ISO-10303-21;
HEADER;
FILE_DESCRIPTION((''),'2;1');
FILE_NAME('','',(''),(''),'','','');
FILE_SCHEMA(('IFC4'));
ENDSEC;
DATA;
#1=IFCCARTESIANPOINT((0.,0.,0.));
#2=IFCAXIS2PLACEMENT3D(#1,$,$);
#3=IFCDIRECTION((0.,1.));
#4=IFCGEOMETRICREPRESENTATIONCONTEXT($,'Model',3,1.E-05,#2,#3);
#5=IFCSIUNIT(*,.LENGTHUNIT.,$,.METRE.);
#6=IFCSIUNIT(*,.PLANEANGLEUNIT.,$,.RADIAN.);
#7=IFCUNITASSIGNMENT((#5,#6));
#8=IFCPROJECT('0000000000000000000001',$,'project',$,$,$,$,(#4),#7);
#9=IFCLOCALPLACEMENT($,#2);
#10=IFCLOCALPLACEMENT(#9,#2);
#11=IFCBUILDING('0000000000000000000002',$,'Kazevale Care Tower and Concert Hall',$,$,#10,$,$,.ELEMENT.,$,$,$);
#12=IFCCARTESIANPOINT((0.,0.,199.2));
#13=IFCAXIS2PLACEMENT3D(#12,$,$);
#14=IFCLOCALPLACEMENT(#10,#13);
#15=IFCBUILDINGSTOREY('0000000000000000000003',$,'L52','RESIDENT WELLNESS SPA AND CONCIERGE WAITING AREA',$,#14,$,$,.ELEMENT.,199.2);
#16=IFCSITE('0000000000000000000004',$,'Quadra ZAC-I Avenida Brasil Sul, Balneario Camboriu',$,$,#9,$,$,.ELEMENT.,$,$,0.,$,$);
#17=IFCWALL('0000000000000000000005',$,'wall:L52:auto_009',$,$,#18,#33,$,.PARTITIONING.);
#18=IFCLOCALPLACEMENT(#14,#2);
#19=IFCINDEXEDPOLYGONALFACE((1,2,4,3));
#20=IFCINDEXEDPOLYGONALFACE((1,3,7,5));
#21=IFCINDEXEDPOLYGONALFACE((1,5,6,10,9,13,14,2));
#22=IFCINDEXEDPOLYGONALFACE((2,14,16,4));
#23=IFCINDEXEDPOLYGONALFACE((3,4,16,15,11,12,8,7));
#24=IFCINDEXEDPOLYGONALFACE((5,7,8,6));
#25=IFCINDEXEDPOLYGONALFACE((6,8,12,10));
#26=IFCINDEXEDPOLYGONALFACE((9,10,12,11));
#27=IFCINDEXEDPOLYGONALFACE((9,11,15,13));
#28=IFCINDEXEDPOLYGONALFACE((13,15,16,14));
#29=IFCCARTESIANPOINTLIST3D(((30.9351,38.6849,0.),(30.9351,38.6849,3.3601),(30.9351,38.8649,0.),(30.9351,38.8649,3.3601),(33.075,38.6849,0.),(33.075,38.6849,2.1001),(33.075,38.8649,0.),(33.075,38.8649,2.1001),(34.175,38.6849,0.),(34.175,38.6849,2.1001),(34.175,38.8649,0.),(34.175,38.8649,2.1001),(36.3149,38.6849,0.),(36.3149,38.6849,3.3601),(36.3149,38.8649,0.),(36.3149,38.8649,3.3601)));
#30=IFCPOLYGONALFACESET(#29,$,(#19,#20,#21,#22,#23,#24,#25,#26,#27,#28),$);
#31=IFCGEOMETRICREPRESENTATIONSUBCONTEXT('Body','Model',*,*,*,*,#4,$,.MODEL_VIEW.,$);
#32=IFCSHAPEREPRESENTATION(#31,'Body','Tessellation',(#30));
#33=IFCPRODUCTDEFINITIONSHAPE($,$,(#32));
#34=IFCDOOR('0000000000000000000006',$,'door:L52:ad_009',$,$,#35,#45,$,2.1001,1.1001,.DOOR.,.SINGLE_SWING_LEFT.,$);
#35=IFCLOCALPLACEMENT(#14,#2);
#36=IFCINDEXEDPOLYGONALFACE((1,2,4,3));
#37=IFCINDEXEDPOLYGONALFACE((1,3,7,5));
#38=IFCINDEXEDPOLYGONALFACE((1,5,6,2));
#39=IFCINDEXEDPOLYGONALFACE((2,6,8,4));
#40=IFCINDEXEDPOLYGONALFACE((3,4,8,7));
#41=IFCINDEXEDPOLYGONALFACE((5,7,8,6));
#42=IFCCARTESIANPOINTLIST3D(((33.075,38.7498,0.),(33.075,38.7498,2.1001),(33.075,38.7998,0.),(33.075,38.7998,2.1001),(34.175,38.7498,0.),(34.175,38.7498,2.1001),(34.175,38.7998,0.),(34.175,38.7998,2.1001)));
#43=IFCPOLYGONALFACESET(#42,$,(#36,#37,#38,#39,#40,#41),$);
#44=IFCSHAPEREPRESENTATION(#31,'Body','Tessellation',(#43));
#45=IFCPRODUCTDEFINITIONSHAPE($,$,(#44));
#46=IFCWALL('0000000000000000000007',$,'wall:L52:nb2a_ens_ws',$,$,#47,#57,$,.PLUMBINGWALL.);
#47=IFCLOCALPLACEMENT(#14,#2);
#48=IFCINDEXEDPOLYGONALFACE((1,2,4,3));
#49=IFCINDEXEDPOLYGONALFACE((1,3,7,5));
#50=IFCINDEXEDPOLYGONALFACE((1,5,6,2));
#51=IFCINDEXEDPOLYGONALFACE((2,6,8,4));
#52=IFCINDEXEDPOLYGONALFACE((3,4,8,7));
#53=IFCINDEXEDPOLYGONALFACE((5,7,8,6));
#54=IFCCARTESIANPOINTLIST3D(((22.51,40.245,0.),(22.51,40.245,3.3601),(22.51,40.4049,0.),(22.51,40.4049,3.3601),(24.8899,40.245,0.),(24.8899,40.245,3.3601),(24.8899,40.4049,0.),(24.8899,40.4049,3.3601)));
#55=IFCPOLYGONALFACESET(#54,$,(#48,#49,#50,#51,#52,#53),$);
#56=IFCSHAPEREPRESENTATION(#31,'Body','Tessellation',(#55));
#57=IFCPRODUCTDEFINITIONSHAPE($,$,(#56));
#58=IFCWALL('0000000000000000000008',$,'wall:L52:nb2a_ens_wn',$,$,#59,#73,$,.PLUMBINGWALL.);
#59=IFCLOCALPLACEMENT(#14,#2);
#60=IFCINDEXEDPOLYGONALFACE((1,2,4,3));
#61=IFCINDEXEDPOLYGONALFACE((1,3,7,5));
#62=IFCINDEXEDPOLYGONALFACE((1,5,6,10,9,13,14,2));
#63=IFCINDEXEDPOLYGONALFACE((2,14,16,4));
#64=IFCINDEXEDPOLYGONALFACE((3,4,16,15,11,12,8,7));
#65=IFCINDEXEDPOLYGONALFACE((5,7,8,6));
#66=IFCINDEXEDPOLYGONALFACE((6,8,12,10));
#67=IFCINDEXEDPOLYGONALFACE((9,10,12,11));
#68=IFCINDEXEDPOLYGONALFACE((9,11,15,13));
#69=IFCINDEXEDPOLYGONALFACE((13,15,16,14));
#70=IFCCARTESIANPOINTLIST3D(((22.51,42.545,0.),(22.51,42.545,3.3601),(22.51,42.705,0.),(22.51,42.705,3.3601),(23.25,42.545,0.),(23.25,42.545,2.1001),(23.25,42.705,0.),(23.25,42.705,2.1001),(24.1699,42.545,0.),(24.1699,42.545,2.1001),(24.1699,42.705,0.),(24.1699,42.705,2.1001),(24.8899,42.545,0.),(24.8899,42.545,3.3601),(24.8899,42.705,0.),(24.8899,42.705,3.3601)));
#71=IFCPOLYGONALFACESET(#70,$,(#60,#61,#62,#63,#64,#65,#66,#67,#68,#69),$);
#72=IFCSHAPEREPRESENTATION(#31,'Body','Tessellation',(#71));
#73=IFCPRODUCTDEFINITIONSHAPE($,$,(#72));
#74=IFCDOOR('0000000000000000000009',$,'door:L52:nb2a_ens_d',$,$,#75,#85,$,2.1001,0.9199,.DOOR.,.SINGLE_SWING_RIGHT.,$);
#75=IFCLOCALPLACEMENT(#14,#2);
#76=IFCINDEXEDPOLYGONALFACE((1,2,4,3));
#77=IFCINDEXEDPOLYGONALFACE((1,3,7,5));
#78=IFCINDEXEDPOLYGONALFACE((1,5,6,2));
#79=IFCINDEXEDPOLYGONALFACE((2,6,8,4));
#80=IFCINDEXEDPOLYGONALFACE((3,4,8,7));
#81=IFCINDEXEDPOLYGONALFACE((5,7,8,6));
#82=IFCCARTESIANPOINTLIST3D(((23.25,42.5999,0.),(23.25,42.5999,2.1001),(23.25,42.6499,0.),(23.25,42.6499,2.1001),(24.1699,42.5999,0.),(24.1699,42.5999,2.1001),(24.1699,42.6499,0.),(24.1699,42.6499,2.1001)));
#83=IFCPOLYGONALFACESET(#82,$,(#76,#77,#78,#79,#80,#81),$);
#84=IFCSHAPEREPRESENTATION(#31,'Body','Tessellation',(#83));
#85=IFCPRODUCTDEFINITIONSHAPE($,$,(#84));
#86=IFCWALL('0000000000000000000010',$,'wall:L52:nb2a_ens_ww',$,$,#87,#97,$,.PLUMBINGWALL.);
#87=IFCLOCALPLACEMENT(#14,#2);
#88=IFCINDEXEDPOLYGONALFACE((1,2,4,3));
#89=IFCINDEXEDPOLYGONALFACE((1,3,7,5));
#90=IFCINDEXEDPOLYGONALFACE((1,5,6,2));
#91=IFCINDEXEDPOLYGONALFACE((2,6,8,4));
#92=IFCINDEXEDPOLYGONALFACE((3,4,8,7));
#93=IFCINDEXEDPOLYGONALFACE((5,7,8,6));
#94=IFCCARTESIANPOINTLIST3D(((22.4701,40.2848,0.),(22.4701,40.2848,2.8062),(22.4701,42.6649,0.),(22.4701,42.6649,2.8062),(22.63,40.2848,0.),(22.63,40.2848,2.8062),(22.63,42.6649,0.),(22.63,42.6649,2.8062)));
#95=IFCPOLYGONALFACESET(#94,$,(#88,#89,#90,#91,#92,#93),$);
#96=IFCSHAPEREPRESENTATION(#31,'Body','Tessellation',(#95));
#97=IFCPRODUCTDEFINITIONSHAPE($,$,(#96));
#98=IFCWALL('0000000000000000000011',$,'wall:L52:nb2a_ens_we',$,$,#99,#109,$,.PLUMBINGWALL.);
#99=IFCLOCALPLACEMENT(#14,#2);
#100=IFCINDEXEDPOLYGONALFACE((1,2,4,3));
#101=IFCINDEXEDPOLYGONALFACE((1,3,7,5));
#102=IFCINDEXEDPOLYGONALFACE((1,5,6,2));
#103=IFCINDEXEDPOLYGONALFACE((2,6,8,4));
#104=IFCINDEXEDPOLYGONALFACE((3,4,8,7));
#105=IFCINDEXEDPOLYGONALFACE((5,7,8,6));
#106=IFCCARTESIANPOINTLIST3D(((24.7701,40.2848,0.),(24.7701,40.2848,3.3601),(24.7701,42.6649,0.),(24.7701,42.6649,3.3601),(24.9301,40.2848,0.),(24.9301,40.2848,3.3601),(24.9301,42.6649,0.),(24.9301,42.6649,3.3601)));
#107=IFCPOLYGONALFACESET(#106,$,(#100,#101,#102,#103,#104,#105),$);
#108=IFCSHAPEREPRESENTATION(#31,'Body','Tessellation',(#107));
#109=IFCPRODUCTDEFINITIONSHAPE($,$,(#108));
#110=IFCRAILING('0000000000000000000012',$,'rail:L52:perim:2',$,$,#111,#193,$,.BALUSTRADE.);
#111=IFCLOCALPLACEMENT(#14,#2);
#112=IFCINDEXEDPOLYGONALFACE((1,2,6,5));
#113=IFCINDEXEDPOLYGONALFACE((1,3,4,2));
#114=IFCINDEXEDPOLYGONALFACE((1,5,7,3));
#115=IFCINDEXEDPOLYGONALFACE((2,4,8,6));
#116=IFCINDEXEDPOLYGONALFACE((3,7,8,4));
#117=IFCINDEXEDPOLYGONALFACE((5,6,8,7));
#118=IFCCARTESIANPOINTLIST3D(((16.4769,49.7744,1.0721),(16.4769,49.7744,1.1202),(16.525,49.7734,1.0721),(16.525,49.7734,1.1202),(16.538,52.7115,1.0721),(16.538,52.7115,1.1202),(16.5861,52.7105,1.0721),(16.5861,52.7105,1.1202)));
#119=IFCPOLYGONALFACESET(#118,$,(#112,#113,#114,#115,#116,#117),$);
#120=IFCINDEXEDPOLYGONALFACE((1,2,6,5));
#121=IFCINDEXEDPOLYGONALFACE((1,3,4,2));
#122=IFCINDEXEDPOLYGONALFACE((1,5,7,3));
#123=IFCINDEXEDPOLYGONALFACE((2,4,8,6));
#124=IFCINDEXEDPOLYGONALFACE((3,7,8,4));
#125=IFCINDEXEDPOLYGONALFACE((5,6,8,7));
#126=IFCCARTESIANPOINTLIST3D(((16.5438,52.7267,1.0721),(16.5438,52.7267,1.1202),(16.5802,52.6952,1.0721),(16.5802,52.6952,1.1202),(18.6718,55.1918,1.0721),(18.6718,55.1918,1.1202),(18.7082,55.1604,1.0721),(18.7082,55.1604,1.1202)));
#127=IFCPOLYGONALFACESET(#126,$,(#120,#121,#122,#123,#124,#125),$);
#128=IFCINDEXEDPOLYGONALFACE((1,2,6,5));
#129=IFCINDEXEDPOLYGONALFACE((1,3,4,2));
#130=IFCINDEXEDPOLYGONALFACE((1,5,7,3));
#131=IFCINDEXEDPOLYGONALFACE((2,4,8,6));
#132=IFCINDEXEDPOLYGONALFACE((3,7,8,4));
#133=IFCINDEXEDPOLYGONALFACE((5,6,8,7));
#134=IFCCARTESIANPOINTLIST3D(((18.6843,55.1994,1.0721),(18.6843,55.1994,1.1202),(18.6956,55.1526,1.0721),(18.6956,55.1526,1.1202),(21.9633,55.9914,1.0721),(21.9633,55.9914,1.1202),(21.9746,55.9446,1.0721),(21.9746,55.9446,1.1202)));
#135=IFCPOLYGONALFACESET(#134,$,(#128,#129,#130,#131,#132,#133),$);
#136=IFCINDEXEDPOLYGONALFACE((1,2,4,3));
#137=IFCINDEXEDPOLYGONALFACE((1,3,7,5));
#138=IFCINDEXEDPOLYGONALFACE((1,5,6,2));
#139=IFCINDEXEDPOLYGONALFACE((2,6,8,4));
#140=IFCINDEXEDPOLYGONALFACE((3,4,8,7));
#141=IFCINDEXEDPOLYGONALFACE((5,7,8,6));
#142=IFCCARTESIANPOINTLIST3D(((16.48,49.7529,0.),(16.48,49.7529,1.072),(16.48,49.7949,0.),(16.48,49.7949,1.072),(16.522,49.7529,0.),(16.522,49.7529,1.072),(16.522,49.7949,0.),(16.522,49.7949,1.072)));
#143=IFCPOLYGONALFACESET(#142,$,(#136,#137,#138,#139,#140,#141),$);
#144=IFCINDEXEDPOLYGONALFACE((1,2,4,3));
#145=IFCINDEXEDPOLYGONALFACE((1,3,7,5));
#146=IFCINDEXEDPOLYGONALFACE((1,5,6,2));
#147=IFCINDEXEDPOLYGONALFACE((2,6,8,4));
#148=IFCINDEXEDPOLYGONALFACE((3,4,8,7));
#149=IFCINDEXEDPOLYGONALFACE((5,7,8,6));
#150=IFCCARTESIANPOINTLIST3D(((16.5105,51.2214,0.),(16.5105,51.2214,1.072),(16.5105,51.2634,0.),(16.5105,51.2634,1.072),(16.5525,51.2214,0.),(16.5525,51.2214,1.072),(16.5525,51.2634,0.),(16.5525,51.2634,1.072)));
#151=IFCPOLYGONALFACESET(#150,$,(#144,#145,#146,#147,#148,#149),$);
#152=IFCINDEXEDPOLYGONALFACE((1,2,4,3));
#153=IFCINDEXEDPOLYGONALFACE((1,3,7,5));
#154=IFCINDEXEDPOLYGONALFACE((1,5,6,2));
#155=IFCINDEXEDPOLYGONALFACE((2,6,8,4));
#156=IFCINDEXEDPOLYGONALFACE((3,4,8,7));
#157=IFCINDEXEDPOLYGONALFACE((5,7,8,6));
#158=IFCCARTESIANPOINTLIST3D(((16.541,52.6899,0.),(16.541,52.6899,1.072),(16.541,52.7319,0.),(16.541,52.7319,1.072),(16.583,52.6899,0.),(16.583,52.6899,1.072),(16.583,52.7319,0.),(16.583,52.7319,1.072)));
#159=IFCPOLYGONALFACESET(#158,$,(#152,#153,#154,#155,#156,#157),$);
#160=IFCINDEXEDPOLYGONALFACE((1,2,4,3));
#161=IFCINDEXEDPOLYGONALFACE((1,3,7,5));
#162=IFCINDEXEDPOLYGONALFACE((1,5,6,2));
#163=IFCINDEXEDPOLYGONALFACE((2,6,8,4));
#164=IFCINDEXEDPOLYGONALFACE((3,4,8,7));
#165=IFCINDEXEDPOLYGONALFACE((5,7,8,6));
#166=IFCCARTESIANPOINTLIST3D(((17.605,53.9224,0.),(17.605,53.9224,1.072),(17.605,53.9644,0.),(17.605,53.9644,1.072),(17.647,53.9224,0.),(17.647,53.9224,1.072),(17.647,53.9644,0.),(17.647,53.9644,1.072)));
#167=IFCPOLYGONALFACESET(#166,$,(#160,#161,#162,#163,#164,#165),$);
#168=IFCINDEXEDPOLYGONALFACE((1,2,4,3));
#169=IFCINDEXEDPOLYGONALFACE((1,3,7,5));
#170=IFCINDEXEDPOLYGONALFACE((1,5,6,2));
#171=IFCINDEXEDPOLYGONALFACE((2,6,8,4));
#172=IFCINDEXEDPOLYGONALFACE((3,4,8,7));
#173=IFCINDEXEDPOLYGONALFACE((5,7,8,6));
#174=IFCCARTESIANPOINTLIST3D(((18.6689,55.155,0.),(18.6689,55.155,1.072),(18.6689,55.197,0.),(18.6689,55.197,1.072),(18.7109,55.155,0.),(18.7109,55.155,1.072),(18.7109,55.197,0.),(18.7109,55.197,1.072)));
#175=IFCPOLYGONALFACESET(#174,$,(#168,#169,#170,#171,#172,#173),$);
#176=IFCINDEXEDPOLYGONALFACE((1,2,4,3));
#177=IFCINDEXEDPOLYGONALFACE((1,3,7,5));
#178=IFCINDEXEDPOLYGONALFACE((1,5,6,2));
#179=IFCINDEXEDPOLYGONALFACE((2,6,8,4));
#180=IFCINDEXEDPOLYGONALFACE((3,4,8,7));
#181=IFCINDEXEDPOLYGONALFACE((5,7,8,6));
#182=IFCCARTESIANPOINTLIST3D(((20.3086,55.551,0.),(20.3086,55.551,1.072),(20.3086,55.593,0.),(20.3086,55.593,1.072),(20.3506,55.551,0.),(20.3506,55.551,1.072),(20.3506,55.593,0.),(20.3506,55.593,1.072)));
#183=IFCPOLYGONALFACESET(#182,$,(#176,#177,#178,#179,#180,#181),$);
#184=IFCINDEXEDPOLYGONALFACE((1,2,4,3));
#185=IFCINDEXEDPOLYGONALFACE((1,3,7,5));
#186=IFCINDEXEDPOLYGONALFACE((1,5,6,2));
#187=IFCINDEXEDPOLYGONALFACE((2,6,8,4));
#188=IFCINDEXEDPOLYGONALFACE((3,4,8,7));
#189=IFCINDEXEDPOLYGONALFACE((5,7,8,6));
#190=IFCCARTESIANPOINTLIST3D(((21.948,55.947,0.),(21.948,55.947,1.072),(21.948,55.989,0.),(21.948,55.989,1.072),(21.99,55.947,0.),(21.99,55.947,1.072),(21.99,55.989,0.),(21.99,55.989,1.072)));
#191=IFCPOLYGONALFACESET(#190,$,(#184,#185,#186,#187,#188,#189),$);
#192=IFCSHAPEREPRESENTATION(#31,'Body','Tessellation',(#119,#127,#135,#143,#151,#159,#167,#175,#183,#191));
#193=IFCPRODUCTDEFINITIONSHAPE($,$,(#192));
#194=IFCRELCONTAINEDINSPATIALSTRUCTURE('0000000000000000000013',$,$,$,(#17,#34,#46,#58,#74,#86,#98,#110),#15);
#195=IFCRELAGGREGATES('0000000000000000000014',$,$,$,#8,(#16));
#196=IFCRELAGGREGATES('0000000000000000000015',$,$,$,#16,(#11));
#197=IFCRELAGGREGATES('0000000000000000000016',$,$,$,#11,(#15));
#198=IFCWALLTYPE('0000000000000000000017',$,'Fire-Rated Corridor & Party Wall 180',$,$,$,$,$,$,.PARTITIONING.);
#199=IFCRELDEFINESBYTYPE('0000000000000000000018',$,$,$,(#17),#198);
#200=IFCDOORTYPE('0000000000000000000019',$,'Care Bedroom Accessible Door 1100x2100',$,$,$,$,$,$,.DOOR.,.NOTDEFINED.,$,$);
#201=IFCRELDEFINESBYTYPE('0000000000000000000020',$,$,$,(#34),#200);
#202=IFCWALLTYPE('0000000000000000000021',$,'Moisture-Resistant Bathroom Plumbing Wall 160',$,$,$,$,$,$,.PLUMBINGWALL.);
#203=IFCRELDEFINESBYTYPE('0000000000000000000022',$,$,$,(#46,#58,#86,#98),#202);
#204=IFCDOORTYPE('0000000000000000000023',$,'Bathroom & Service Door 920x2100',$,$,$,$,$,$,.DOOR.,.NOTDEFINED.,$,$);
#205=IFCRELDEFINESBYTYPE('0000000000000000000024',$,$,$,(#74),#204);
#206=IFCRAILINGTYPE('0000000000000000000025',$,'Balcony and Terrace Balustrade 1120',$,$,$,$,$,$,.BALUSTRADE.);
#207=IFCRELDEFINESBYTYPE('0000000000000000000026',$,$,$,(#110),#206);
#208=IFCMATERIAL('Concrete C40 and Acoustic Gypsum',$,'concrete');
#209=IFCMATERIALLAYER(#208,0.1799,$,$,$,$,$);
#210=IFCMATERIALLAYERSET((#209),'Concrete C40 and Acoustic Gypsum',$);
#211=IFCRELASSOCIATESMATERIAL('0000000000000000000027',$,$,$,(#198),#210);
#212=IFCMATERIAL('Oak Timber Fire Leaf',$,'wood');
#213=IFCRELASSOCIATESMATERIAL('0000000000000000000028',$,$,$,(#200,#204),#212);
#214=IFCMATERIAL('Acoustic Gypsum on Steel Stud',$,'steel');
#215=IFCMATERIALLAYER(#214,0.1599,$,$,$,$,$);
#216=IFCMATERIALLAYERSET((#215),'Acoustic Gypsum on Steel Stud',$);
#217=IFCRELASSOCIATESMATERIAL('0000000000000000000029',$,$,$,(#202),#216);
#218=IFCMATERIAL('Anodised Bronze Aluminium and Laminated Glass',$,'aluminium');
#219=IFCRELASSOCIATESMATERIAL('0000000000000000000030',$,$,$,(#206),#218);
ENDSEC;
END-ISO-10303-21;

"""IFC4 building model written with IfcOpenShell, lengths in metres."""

from ifc_helpers import new_model, si_unit, direction, frame, frame_2d, origin, origin_2d, place, context, subcontext, project, spatial, rectangle, extrude, material, layer, layer_set, type_object, element, fill, save


model = new_model("IFC4")

# Units and contexts
model_context = context("Model", 3, precision=1e-05, world=origin(), true_north=direction((0.0, 1.0)))
body_context = subcontext(model_context, "Body", "Model", "MODEL_VIEW")
ifc_project = project(units=[si_unit("LENGTHUNIT", "METRE"), si_unit("PLANEANGLEUNIT", "RADIAN")], contexts=[model_context])

# Site, building, storey
site_placement = place(None, origin())
site = spatial("IfcSite", under=ifc_project, at=site_placement, Name="Quadra ZAC-I Avenida Brasil Sul, Balneario Camboriu", CompositionType="ELEMENT", RefElevation=0.0)
building_placement = place(site_placement, origin())
building = spatial("IfcBuilding", under=site, at=building_placement, Name="Kazevale Care Tower and Concert Hall", CompositionType="ELEMENT")
storey_placement = place(building_placement, frame((0.0, 0.0, 199.2)))
storey = spatial("IfcBuildingStorey", under=building, at=storey_placement, Name="L52", Description="RESIDENT WELLNESS SPA AND CONCIERGE WAITING AREA", CompositionType="ELEMENT", Elevation=199.2)

# Shared definitions
ifc_material_1 = material(Name="Acoustic Gypsum on Steel Stud", Category="steel")
ifc_material_2 = material(Name="Concrete C40 and Acoustic Gypsum", Category="concrete")
ifc_layer_1 = layer(ifc_material_2, 0.1799)
ifc_layer_set_1 = layer_set([ifc_layer_1], Name="Concrete C40 and Acoustic Gypsum")
wall_type_1 = type_object("IfcWallType", Name="Fire-Rated Corridor & Party Wall 180", PredefinedType="PARTITIONING", material=ifc_layer_set_1)

# Wall, opening, door
wall_1_placement = place(storey_placement, frame((30.9351, 38.7749, 0.0), z_axis=(0.0, 0.0, 1.0), x_axis=(1.0, 0.0, 0.0)))
wall_1 = element("IfcWall", 1, at=wall_1_placement, inside=storey, type_object=wall_type_1, Name="wall:L52:auto_009", PredefinedType="PARTITIONING", context=body_context, shape_type="SweptSolid", body=[
    extrude(rectangle(XDim=5.3799, YDim=0.1799, at=frame_2d((2.6899, 0.0))), origin(), (0.0, 0.0, 1.0), 3.3601),
])
opening_1_placement = place(wall_1_placement, frame((2.1399, 0.0, 0.0)))
opening_1 = element("IfcOpeningElement", 2, at=opening_1_placement, cuts=wall_1, PredefinedType="OPENING", context=body_context, shape_type="SweptSolid", body=[
    extrude(rectangle(XDim=1.1001, YDim=2.1001, at=frame_2d((0.55, 1.05))), frame((0.0, 0.0999, 0.0), z_axis=(0.0, -1.0, 0.0), x_axis=(1.0, 0.0, 0.0)), (0.0, 0.0, 1.0), 0.2),
])
ifc_material_3 = material(Name="Oak Timber Fire Leaf", Category="wood")
door_type_1 = type_object("IfcDoorType", Name="Care Bedroom Accessible Door 1100x2100", OperationType="NOTDEFINED", PredefinedType="DOOR", material=ifc_material_3)
door_1_placement = place(opening_1_placement, origin())
door_1 = element("IfcDoor", 3, at=door_1_placement, inside=storey, type_object=door_type_1, Name="door:L52:ad_009", OperationType="SINGLE_SWING_LEFT", OverallHeight=2.1001, OverallWidth=1.1001, PredefinedType="DOOR", context=body_context, shape_type="SweptSolid", body=[
    extrude(rectangle(XDim=1.1001, YDim=2.1001, at=frame_2d((0.55, 1.05))), frame((0.0, 0.0249, 0.0), z_axis=(0.0, -1.0, 0.0), x_axis=(1.0, 0.0, 0.0)), (0.0, 0.0, 1.0), 0.05),
])
fill(opening_1, door_1)

# Wall
ifc_layer_2 = layer(ifc_material_1, 0.1599)
ifc_layer_set_2 = layer_set([ifc_layer_2], Name="Acoustic Gypsum on Steel Stud")
wall_type_2 = type_object("IfcWallType", Name="Moisture-Resistant Bathroom Plumbing Wall 160", PredefinedType="PLUMBINGWALL", material=ifc_layer_set_2)
wall_2_placement = place(storey_placement, frame((22.51, 40.325, 0.0), z_axis=(0.0, 0.0, 1.0), x_axis=(1.0, 0.0, 0.0)))
element("IfcWall", 4, at=wall_2_placement, inside=storey, type_object=wall_type_2, Name="wall:L52:nb2a_ens_ws", PredefinedType="PLUMBINGWALL", context=body_context, shape_type="SweptSolid", body=[
    extrude(rectangle(XDim=2.3799, YDim=0.1599, at=frame_2d((1.1899, 0.0))), origin(), (0.0, 0.0, 1.0), 3.3601),
])

# Wall, opening, door
wall_3_placement = place(storey_placement, frame((22.51, 42.625, 0.0), z_axis=(0.0, 0.0, 1.0), x_axis=(1.0, 0.0, 0.0)))
wall_3 = element("IfcWall", 5, at=wall_3_placement, inside=storey, type_object=wall_type_2, Name="wall:L52:nb2a_ens_wn", PredefinedType="PLUMBINGWALL", context=body_context, shape_type="SweptSolid", body=[
    extrude(rectangle(XDim=2.3799, YDim=0.1599, at=frame_2d((1.1899, 0.0))), origin(), (0.0, 0.0, 1.0), 3.3601),
])
opening_2_placement = place(wall_3_placement, frame((0.74, 0.0, 0.0)))
opening_2 = element("IfcOpeningElement", 6, at=opening_2_placement, cuts=wall_3, PredefinedType="OPENING", context=body_context, shape_type="SweptSolid", body=[
    extrude(rectangle(XDim=0.9199, YDim=2.1001, at=frame_2d((0.46, 1.05))), frame((0.0, 0.0898, 0.0), z_axis=(0.0, -1.0, 0.0), x_axis=(1.0, 0.0, 0.0)), (0.0, 0.0, 1.0), 0.1799),
])
door_type_2 = type_object("IfcDoorType", Name="Bathroom & Service Door 920x2100", OperationType="NOTDEFINED", PredefinedType="DOOR", material=ifc_material_3)
door_2_placement = place(opening_2_placement, origin())
door_2 = element("IfcDoor", 7, at=door_2_placement, inside=storey, type_object=door_type_2, Name="door:L52:nb2a_ens_d", OperationType="SINGLE_SWING_RIGHT", OverallHeight=2.1001, OverallWidth=0.9199, PredefinedType="DOOR", context=body_context, shape_type="SweptSolid", body=[
    extrude(rectangle(XDim=0.9199, YDim=2.1001, at=frame_2d((0.46, 1.05))), frame((0.0, 0.0249, 0.0), z_axis=(0.0, -1.0, 0.0), x_axis=(1.0, 0.0, 0.0)), (0.0, 0.0, 1.0), 0.05),
])
fill(opening_2, door_2)

# Walls
wall_4_placement = place(storey_placement, frame((22.55, 40.2849, 0.0), z_axis=(0.0, 0.0, 1.0), x_axis=(0.0, 1.0, 0.0)))
element("IfcWall", 8, at=wall_4_placement, inside=storey, type_object=wall_type_2, Name="wall:L52:nb2a_ens_ww", PredefinedType="PLUMBINGWALL", context=body_context, shape_type="SweptSolid", body=[
    extrude(rectangle(XDim=2.3801, YDim=0.1599, at=frame_2d((1.1899, 0.0))), origin(), (0.0, 0.0, 1.0), 2.8062),
])
wall_5_placement = place(storey_placement, frame((24.8501, 40.2849, 0.0), z_axis=(0.0, 0.0, 1.0), x_axis=(0.0, 1.0, 0.0)))
element("IfcWall", 9, at=wall_5_placement, inside=storey, type_object=wall_type_2, Name="wall:L52:nb2a_ens_we", PredefinedType="PLUMBINGWALL", context=body_context, shape_type="SweptSolid", body=[
    extrude(rectangle(XDim=2.3801, YDim=0.1599, at=frame_2d((1.1899, 0.0))), origin(), (0.0, 0.0, 1.0), 3.3601),
])

# Railing
ifc_material_4 = material(Name="Anodised Bronze Aluminium and Laminated Glass", Category="aluminium")
railing_type = type_object("IfcRailingType", Name="Balcony and Terrace Balustrade 1120", PredefinedType="BALUSTRADE", material=ifc_material_4)
railing_1_placement = place(storey_placement, frame((16.501, 49.7739, 0.0)))
element("IfcRailing", 10, at=railing_1_placement, inside=storey, type_object=railing_type, Name="rail:L52:perim:2", PredefinedType="BALUSTRADE", context=body_context, shape_type="SweptSolid", body=[
    extrude(rectangle(XDim=0.0481, YDim=0.0481, at=origin_2d()), frame((0.0, 0.0, 1.0962), z_axis=(0.020777, 0.999784, 0.0), x_axis=(-0.999784, 0.020777, 0.0)), (0.0, 0.0, 1.0), 2.9377),
    extrude(rectangle(XDim=0.0481, YDim=0.0481, at=origin_2d()), frame((0.061, 2.937, 1.0962), z_axis=(0.653442, 0.756976, 0.0), x_axis=(-0.756976, 0.653442, 0.0)), (0.0, 0.0, 1.0), 3.2566),
    extrude(rectangle(XDim=0.0481, YDim=0.0481, at=origin_2d()), frame((2.189, 5.4021, 1.0962), z_axis=(0.972049, 0.23478, 0.0), x_axis=(-0.23478, 0.972049, 0.0)), (0.0, 0.0, 1.0), 3.3733),
    extrude(rectangle(XDim=0.042, YDim=0.042, at=origin_2d()), origin(), (0.0, 0.0, 1.0), 1.072),
    extrude(rectangle(XDim=0.042, YDim=0.042, at=origin_2d()), frame((0.0305, 1.4685, 0.0)), (0.0, 0.0, 1.0), 1.072),
    extrude(rectangle(XDim=0.042, YDim=0.042, at=origin_2d()), frame((0.061, 2.937, 0.0)), (0.0, 0.0, 1.0), 1.072),
    extrude(rectangle(XDim=0.042, YDim=0.042, at=origin_2d()), frame((1.125, 4.1694, 0.0)), (0.0, 0.0, 1.0), 1.072),
    extrude(rectangle(XDim=0.042, YDim=0.042, at=origin_2d()), frame((2.189, 5.4021, 0.0)), (0.0, 0.0, 1.0), 1.072),
    extrude(rectangle(XDim=0.042, YDim=0.042, at=origin_2d()), frame((3.8286, 5.7981, 0.0)), (0.0, 0.0, 1.0), 1.072),
    extrude(rectangle(XDim=0.042, YDim=0.042, at=origin_2d()), frame((5.468, 6.1941, 0.0)), (0.0, 0.0, 1.0), 1.072),
])

save(model, "model.ifc")
